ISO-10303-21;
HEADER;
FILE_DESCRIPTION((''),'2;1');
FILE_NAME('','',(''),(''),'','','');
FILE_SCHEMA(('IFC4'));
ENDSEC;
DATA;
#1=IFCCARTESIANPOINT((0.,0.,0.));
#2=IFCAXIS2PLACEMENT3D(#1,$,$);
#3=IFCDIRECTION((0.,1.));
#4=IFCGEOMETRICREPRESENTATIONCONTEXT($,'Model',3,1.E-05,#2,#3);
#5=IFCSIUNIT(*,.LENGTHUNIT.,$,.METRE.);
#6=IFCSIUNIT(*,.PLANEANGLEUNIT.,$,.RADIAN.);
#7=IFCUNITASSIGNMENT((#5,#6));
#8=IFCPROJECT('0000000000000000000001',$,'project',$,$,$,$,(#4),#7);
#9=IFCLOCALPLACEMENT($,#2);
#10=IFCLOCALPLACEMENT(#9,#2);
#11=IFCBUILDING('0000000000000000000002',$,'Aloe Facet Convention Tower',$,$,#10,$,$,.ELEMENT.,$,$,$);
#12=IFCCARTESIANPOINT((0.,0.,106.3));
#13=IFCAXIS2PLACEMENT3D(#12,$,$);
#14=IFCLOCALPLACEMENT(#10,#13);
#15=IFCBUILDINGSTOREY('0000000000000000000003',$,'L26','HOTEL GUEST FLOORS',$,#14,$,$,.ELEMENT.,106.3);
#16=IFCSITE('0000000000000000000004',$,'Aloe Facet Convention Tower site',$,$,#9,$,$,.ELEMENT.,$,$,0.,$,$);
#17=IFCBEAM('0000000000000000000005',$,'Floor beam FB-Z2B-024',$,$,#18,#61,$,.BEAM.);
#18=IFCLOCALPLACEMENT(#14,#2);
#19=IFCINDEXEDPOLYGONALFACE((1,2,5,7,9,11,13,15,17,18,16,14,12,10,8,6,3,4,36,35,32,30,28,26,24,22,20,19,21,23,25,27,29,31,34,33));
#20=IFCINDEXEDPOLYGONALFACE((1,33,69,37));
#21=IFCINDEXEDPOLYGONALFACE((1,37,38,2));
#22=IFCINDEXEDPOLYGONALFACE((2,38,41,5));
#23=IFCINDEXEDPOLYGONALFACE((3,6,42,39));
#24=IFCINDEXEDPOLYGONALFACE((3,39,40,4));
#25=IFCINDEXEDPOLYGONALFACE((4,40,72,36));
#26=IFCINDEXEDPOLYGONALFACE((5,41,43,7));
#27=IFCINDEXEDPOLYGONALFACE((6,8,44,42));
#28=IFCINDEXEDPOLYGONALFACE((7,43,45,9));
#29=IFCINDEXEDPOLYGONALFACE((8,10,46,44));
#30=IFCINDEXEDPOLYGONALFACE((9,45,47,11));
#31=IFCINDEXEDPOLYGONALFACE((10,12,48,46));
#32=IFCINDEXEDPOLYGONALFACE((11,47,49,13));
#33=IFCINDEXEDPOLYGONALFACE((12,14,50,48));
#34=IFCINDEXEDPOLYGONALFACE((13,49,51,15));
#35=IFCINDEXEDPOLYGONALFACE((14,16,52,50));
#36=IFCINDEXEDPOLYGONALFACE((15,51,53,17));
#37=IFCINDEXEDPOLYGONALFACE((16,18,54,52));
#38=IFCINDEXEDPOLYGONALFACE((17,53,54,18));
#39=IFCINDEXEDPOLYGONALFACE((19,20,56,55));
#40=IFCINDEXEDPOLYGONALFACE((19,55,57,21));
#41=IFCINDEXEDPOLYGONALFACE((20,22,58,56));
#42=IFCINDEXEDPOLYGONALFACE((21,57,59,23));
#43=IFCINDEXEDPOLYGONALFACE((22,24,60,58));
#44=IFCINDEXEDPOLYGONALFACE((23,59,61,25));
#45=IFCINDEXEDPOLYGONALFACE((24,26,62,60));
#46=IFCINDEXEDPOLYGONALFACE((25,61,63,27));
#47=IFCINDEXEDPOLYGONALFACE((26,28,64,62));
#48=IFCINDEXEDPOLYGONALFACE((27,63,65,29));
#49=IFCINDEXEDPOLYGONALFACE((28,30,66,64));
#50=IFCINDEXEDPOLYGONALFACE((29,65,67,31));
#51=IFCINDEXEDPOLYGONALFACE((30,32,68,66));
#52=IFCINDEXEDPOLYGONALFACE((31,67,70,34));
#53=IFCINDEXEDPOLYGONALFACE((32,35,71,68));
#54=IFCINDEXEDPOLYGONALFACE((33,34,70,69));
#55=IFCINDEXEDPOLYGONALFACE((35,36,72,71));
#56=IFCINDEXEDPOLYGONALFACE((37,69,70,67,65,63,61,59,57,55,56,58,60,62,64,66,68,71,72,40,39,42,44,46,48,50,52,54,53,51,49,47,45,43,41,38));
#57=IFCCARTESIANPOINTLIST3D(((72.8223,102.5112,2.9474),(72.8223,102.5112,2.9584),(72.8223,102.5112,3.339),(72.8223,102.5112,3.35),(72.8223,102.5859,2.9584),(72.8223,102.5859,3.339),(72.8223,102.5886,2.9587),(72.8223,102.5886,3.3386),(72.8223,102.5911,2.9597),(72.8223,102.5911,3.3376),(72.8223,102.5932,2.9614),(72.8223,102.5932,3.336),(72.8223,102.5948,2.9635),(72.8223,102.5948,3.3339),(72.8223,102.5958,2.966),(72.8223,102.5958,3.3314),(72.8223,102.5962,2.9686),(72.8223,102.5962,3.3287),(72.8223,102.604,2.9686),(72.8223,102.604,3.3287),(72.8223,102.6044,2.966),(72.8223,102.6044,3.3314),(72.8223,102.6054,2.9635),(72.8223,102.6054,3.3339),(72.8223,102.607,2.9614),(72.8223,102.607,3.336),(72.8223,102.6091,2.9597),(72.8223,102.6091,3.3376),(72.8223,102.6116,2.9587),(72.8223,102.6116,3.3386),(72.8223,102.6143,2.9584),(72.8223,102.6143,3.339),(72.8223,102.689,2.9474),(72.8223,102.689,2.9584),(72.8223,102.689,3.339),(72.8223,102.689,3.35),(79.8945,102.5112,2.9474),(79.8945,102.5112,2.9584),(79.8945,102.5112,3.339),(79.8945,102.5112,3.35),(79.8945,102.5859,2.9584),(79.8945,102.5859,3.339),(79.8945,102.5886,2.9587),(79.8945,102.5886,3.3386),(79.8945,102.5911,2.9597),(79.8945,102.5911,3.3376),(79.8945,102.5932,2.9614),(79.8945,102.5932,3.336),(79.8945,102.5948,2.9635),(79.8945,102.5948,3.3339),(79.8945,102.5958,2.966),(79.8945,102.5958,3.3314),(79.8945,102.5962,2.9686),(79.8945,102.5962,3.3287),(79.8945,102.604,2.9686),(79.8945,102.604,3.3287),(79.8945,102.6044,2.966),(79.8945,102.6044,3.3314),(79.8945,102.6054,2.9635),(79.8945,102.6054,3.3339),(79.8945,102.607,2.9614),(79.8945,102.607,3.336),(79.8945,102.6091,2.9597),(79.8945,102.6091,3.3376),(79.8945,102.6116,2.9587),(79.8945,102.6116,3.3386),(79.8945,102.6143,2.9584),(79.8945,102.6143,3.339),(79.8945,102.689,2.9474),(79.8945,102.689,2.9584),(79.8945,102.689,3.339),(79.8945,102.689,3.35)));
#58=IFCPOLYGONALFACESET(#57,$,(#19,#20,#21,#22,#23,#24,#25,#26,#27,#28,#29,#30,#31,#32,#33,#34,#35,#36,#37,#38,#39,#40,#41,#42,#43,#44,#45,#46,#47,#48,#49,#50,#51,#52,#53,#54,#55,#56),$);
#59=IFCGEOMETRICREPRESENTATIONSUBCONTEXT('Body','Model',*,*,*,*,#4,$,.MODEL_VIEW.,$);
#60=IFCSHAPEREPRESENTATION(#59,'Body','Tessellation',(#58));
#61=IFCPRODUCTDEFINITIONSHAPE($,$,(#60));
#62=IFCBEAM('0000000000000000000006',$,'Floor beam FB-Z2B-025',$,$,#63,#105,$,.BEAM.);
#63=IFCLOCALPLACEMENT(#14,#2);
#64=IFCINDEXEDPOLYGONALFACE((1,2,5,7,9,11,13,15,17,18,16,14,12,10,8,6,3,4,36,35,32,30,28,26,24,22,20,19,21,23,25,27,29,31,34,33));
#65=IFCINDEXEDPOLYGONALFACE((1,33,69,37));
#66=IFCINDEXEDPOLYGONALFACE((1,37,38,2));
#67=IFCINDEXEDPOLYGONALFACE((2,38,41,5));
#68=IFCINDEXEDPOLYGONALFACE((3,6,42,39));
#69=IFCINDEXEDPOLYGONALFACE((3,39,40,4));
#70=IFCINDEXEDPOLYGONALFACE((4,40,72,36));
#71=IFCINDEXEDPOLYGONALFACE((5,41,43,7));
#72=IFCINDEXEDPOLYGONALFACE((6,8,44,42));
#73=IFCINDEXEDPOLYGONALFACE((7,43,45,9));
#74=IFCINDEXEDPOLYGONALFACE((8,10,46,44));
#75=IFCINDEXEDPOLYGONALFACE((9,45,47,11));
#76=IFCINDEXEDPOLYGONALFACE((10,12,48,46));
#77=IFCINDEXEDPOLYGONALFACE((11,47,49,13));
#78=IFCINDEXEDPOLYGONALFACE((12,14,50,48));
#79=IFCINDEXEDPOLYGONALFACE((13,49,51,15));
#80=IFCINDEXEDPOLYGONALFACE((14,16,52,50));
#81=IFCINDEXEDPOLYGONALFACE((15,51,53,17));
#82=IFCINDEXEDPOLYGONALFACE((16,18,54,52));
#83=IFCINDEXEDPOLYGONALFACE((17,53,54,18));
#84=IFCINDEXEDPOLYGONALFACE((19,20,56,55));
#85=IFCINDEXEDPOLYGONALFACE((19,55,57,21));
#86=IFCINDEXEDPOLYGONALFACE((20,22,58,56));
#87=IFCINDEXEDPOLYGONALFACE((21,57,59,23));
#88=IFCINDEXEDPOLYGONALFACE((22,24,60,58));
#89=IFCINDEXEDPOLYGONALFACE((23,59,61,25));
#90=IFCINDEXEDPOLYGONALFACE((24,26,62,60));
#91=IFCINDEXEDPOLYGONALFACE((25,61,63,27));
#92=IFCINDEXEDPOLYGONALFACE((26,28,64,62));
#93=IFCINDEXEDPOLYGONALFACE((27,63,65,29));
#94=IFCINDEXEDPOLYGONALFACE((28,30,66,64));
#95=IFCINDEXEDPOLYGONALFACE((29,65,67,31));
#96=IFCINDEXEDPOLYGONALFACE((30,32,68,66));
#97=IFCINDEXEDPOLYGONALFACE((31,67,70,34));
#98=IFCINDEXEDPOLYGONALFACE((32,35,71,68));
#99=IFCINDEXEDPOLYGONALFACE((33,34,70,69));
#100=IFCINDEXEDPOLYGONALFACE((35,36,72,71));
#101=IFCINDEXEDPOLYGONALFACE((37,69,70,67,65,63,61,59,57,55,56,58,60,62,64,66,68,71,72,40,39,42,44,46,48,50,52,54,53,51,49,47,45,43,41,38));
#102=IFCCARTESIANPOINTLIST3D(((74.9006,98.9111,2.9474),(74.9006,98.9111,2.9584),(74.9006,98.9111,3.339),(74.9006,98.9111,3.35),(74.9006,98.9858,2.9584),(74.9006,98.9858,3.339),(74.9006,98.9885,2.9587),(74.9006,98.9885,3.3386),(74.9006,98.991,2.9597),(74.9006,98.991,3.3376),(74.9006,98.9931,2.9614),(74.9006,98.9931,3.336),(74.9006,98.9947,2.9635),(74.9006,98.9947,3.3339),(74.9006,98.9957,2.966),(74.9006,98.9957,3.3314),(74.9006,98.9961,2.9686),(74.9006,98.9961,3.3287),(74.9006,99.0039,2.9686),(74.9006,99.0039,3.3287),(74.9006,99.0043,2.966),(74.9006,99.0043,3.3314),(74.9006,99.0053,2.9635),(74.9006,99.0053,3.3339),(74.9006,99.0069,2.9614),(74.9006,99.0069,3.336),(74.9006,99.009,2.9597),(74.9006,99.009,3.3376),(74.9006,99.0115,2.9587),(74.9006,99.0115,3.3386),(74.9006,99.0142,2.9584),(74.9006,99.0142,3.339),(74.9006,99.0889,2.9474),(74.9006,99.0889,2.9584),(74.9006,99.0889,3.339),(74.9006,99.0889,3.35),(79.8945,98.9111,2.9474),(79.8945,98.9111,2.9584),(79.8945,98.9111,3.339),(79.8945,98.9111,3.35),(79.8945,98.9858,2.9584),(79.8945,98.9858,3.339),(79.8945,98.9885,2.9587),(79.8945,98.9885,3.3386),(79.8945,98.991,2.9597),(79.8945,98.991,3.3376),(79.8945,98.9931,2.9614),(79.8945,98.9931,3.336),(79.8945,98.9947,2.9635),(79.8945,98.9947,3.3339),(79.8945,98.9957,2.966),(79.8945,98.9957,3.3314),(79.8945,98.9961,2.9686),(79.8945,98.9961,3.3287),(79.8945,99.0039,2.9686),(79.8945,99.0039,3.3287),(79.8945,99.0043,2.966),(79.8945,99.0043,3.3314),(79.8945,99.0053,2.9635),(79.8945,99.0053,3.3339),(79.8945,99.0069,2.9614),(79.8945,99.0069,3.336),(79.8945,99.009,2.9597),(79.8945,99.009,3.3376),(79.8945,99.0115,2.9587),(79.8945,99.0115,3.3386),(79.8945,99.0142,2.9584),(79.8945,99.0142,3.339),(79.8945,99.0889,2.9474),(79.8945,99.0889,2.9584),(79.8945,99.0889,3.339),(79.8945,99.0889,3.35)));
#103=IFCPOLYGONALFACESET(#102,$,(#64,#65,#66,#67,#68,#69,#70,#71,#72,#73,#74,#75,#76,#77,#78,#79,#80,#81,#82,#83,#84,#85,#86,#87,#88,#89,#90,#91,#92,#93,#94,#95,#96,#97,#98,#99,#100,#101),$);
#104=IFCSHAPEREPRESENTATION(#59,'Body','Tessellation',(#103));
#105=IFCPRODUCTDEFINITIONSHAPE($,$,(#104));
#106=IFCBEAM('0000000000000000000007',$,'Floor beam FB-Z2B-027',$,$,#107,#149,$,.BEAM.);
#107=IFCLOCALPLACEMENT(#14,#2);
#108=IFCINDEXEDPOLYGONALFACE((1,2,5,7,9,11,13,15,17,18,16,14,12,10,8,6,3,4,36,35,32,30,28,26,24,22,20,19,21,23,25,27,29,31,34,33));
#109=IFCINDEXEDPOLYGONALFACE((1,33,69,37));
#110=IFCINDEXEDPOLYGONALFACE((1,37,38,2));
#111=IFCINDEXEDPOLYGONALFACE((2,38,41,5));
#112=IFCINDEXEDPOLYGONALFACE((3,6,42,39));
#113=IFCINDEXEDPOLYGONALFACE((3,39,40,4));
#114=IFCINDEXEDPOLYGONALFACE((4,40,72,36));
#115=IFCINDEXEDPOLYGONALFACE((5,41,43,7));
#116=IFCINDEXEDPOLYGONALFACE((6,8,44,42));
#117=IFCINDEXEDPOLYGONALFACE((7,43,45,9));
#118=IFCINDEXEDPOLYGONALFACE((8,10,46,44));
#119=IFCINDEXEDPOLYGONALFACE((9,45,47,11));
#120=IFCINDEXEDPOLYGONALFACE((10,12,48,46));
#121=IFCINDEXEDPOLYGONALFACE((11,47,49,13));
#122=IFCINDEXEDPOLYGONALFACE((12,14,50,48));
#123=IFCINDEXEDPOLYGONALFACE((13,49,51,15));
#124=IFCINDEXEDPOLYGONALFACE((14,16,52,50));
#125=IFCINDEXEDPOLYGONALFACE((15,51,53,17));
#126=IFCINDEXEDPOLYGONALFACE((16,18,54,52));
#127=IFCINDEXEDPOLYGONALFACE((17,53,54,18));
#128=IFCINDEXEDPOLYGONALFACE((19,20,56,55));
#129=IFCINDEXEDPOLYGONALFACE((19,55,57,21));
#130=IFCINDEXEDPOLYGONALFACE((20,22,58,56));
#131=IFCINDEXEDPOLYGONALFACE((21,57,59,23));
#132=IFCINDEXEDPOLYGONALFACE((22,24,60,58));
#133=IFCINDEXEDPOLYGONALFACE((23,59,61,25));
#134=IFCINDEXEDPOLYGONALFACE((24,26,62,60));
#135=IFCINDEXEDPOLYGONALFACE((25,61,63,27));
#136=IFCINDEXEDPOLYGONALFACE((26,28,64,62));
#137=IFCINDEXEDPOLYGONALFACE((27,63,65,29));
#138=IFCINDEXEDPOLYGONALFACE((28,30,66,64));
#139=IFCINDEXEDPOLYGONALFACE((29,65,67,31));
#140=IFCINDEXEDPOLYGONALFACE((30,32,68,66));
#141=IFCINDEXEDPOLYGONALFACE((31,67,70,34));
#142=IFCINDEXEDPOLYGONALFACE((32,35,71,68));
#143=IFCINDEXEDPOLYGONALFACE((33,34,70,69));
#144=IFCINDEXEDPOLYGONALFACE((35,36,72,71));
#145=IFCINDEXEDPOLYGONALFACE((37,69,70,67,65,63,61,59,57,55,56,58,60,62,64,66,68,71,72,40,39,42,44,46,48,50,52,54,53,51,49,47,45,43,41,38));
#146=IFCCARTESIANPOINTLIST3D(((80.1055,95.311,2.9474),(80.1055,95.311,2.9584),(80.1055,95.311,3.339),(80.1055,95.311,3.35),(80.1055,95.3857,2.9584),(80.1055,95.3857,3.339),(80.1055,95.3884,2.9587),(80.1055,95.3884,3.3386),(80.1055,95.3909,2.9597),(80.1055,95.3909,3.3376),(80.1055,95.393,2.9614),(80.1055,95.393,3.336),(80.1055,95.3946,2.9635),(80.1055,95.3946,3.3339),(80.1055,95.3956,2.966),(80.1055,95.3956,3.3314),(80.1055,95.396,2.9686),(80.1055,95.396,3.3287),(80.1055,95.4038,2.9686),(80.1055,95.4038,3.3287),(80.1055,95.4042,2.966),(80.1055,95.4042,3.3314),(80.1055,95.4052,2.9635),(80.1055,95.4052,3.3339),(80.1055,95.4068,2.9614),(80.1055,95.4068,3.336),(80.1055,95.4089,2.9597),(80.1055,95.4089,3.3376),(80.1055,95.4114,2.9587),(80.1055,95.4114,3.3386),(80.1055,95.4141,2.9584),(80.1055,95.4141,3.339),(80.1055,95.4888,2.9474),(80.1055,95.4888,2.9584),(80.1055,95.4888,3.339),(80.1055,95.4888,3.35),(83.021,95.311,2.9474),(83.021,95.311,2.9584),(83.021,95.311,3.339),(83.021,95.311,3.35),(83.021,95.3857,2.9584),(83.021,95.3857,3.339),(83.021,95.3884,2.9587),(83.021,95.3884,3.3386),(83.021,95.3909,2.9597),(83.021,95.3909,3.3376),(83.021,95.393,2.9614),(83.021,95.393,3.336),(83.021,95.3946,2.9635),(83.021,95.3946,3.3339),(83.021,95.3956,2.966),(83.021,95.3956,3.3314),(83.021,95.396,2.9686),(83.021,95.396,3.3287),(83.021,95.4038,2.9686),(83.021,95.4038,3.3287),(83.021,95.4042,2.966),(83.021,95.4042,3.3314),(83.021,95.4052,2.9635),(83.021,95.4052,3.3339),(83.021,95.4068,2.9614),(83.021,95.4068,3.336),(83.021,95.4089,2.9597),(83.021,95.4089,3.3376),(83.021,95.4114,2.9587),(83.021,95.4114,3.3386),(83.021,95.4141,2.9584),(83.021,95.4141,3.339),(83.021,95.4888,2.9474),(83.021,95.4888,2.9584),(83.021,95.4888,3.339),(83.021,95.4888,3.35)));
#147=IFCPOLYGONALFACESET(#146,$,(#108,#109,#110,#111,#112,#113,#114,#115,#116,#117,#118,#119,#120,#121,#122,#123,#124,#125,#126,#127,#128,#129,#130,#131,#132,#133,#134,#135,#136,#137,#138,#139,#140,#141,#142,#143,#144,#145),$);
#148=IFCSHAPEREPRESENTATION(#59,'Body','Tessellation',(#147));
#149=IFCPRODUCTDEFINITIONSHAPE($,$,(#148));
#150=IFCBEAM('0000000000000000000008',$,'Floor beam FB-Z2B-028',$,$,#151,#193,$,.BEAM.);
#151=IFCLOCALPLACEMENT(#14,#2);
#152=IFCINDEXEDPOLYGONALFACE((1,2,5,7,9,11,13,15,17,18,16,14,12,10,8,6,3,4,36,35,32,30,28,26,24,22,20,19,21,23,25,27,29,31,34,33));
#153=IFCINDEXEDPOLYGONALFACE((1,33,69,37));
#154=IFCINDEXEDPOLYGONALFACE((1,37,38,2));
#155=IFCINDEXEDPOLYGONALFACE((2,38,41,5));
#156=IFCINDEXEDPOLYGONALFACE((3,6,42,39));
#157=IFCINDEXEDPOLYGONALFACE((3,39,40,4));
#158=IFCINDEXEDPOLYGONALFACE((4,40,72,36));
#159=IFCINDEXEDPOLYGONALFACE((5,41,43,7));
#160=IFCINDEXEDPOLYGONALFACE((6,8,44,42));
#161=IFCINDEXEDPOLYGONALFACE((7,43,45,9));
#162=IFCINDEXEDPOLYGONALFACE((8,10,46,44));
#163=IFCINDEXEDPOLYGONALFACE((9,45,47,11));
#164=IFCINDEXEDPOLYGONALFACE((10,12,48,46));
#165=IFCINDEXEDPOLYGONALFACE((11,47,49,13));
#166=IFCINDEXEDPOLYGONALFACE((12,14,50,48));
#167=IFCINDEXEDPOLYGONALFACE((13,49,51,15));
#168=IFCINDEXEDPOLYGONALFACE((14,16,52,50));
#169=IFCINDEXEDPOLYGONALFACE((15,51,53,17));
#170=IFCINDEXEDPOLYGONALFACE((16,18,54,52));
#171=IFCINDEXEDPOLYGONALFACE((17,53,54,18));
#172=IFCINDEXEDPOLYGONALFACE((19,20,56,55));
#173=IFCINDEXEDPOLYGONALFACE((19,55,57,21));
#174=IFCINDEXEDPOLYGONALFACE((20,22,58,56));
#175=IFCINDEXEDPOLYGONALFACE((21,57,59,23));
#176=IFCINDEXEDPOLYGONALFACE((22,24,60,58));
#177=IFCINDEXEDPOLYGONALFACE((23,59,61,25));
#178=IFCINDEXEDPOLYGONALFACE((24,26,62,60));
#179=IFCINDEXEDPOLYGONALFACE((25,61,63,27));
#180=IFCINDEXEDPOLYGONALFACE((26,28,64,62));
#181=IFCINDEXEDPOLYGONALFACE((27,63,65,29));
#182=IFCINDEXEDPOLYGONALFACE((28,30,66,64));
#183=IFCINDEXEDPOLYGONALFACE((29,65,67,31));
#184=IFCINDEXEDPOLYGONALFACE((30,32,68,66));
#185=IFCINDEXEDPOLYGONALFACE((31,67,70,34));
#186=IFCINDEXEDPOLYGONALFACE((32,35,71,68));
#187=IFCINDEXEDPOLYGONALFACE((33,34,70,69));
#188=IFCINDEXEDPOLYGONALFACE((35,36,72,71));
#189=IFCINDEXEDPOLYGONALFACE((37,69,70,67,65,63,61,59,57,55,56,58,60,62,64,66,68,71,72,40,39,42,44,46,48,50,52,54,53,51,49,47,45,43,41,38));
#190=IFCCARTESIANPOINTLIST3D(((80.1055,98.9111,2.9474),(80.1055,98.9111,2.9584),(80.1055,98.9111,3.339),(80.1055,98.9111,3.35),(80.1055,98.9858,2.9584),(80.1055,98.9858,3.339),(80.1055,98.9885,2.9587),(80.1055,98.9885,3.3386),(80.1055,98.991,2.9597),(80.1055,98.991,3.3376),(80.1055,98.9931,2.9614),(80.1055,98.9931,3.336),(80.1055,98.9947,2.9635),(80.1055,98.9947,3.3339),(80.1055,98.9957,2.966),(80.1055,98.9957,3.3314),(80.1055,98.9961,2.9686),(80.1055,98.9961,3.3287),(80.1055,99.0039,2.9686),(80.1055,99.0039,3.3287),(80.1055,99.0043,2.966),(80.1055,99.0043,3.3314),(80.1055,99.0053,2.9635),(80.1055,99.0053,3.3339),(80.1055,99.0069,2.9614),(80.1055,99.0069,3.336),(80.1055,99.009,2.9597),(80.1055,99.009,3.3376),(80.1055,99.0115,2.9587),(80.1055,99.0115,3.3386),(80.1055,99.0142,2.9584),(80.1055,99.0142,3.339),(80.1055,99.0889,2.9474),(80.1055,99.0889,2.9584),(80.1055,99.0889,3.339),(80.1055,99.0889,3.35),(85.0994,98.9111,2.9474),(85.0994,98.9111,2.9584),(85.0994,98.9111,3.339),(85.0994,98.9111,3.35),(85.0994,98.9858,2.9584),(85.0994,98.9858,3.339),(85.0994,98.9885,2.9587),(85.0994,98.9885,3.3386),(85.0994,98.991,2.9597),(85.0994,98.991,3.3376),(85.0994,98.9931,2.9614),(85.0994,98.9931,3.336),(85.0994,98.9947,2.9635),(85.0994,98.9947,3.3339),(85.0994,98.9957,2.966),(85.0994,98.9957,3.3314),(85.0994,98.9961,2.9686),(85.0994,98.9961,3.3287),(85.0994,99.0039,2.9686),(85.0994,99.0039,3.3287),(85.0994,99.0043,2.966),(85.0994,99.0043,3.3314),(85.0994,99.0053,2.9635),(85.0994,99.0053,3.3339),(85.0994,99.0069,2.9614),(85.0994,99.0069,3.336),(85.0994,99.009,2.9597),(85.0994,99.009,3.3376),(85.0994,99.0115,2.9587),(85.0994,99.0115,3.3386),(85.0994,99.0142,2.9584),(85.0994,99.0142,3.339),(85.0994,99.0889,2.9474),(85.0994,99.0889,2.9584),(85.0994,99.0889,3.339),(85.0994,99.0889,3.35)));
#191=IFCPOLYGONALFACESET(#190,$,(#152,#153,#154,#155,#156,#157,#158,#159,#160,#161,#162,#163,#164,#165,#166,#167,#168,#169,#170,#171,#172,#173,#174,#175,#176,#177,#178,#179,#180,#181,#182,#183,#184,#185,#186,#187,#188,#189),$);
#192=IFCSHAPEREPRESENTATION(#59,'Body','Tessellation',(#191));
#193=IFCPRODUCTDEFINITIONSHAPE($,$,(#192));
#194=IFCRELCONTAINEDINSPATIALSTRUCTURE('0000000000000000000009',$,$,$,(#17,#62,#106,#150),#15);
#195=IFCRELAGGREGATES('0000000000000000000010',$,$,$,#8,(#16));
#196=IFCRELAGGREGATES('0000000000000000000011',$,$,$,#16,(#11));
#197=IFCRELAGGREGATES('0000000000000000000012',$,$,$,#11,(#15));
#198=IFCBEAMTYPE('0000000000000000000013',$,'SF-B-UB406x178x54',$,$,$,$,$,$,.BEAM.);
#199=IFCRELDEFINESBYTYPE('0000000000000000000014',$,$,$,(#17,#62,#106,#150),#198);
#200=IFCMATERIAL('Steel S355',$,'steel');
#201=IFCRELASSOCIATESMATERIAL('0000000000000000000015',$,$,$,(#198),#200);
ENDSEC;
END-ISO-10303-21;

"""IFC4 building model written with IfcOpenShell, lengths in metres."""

from ifc_helpers import new_model, si_unit, direction, frame, origin, origin_2d, place, context, subcontext, project, spatial, i_section, extrude, material, material_profile, profile_set, type_object, element, save


model = new_model("IFC4")

# Units and contexts
model_context = context("Model", 3, precision=1e-05, world=origin(), true_north=direction((0.0, 1.0)))
body_context = subcontext(model_context, "Body", "Model", "MODEL_VIEW")
ifc_project = project(units=[si_unit("LENGTHUNIT", "METRE"), si_unit("PLANEANGLEUNIT", "RADIAN")], contexts=[model_context])

# Site, building, storey
site_placement = place(None, origin())
site = spatial("IfcSite", under=ifc_project, at=site_placement, Name="Aloe Facet Convention Tower site", CompositionType="ELEMENT", RefElevation=0.0)
building_placement = place(site_placement, origin())
building = spatial("IfcBuilding", under=site, at=building_placement, Name="Aloe Facet Convention Tower", CompositionType="ELEMENT")
storey_placement = place(building_placement, frame((0.0, 0.0, 106.3)))
storey = spatial("IfcBuildingStorey", under=building, at=storey_placement, Name="L26", Description="HOTEL GUEST FLOORS", CompositionType="ELEMENT", Elevation=106.3)

# Beams
ifc_material_1 = material(Name="Steel S355", Category="steel")
ifc_material_profile_1 = material_profile(ifc_material_1, i_section(OverallWidth=0.1777, OverallDepth=0.4026, WebThickness=0.0078, FlangeThickness=0.011, FilletRadius=0.0103, at=origin_2d()), Name="UB 406x178x54")
ifc_profile_set_1 = profile_set([ifc_material_profile_1], Name="Steel S355")
beam_type_1 = type_object("IfcBeamType", Name="SF-B-UB406x178x54", PredefinedType="BEAM", material=ifc_profile_set_1)
beam_1_placement = place(storey_placement, frame((72.8223, 102.6001, 3.1487), z_axis=(1.0, 0.0, 0.0), x_axis=(0.0, 1.0, 0.0)))
element("IfcBeam", 1, at=beam_1_placement, inside=storey, type_object=beam_type_1, Name="Floor beam FB-Z2B-024", PredefinedType="BEAM", context=body_context, shape_type="SweptSolid", body=[
    extrude(i_section(OverallWidth=0.1777, OverallDepth=0.4026, WebThickness=0.0078, FlangeThickness=0.011, FilletRadius=0.0103, at=origin_2d()), origin(), (0.0, 0.0, 1.0), 7.0723),
])
beam_2_placement = place(storey_placement, frame((74.9006, 99.0, 3.1487), z_axis=(1.0, 0.0, 0.0), x_axis=(0.0, 1.0, 0.0)))
element("IfcBeam", 2, at=beam_2_placement, inside=storey, type_object=beam_type_1, Name="Floor beam FB-Z2B-025", PredefinedType="BEAM", context=body_context, shape_type="SweptSolid", body=[
    extrude(i_section(OverallWidth=0.1777, OverallDepth=0.4026, WebThickness=0.0078, FlangeThickness=0.011, FilletRadius=0.0103, at=origin_2d()), origin(), (0.0, 0.0, 1.0), 4.9939),
])
beam_3_placement = place(storey_placement, frame((80.1055, 95.3999, 3.1487), z_axis=(1.0, 0.0, 0.0), x_axis=(0.0, 1.0, 0.0)))
element("IfcBeam", 3, at=beam_3_placement, inside=storey, type_object=beam_type_1, Name="Floor beam FB-Z2B-027", PredefinedType="BEAM", context=body_context, shape_type="SweptSolid", body=[
    extrude(i_section(OverallWidth=0.1777, OverallDepth=0.4026, WebThickness=0.0078, FlangeThickness=0.011, FilletRadius=0.0103, at=origin_2d()), origin(), (0.0, 0.0, 1.0), 2.9155),
])
beam_4_placement = place(storey_placement, frame((80.1055, 99.0, 3.1487), z_axis=(1.0, 0.0, 0.0), x_axis=(0.0, 1.0, 0.0)))
element("IfcBeam", 4, at=beam_4_placement, inside=storey, type_object=beam_type_1, Name="Floor beam FB-Z2B-028", PredefinedType="BEAM", context=body_context, shape_type="SweptSolid", body=[
    extrude(i_section(OverallWidth=0.1777, OverallDepth=0.4026, WebThickness=0.0078, FlangeThickness=0.011, FilletRadius=0.0103, at=origin_2d()), origin(), (0.0, 0.0, 1.0), 4.9939),
])

save(model, "model.ifc")
